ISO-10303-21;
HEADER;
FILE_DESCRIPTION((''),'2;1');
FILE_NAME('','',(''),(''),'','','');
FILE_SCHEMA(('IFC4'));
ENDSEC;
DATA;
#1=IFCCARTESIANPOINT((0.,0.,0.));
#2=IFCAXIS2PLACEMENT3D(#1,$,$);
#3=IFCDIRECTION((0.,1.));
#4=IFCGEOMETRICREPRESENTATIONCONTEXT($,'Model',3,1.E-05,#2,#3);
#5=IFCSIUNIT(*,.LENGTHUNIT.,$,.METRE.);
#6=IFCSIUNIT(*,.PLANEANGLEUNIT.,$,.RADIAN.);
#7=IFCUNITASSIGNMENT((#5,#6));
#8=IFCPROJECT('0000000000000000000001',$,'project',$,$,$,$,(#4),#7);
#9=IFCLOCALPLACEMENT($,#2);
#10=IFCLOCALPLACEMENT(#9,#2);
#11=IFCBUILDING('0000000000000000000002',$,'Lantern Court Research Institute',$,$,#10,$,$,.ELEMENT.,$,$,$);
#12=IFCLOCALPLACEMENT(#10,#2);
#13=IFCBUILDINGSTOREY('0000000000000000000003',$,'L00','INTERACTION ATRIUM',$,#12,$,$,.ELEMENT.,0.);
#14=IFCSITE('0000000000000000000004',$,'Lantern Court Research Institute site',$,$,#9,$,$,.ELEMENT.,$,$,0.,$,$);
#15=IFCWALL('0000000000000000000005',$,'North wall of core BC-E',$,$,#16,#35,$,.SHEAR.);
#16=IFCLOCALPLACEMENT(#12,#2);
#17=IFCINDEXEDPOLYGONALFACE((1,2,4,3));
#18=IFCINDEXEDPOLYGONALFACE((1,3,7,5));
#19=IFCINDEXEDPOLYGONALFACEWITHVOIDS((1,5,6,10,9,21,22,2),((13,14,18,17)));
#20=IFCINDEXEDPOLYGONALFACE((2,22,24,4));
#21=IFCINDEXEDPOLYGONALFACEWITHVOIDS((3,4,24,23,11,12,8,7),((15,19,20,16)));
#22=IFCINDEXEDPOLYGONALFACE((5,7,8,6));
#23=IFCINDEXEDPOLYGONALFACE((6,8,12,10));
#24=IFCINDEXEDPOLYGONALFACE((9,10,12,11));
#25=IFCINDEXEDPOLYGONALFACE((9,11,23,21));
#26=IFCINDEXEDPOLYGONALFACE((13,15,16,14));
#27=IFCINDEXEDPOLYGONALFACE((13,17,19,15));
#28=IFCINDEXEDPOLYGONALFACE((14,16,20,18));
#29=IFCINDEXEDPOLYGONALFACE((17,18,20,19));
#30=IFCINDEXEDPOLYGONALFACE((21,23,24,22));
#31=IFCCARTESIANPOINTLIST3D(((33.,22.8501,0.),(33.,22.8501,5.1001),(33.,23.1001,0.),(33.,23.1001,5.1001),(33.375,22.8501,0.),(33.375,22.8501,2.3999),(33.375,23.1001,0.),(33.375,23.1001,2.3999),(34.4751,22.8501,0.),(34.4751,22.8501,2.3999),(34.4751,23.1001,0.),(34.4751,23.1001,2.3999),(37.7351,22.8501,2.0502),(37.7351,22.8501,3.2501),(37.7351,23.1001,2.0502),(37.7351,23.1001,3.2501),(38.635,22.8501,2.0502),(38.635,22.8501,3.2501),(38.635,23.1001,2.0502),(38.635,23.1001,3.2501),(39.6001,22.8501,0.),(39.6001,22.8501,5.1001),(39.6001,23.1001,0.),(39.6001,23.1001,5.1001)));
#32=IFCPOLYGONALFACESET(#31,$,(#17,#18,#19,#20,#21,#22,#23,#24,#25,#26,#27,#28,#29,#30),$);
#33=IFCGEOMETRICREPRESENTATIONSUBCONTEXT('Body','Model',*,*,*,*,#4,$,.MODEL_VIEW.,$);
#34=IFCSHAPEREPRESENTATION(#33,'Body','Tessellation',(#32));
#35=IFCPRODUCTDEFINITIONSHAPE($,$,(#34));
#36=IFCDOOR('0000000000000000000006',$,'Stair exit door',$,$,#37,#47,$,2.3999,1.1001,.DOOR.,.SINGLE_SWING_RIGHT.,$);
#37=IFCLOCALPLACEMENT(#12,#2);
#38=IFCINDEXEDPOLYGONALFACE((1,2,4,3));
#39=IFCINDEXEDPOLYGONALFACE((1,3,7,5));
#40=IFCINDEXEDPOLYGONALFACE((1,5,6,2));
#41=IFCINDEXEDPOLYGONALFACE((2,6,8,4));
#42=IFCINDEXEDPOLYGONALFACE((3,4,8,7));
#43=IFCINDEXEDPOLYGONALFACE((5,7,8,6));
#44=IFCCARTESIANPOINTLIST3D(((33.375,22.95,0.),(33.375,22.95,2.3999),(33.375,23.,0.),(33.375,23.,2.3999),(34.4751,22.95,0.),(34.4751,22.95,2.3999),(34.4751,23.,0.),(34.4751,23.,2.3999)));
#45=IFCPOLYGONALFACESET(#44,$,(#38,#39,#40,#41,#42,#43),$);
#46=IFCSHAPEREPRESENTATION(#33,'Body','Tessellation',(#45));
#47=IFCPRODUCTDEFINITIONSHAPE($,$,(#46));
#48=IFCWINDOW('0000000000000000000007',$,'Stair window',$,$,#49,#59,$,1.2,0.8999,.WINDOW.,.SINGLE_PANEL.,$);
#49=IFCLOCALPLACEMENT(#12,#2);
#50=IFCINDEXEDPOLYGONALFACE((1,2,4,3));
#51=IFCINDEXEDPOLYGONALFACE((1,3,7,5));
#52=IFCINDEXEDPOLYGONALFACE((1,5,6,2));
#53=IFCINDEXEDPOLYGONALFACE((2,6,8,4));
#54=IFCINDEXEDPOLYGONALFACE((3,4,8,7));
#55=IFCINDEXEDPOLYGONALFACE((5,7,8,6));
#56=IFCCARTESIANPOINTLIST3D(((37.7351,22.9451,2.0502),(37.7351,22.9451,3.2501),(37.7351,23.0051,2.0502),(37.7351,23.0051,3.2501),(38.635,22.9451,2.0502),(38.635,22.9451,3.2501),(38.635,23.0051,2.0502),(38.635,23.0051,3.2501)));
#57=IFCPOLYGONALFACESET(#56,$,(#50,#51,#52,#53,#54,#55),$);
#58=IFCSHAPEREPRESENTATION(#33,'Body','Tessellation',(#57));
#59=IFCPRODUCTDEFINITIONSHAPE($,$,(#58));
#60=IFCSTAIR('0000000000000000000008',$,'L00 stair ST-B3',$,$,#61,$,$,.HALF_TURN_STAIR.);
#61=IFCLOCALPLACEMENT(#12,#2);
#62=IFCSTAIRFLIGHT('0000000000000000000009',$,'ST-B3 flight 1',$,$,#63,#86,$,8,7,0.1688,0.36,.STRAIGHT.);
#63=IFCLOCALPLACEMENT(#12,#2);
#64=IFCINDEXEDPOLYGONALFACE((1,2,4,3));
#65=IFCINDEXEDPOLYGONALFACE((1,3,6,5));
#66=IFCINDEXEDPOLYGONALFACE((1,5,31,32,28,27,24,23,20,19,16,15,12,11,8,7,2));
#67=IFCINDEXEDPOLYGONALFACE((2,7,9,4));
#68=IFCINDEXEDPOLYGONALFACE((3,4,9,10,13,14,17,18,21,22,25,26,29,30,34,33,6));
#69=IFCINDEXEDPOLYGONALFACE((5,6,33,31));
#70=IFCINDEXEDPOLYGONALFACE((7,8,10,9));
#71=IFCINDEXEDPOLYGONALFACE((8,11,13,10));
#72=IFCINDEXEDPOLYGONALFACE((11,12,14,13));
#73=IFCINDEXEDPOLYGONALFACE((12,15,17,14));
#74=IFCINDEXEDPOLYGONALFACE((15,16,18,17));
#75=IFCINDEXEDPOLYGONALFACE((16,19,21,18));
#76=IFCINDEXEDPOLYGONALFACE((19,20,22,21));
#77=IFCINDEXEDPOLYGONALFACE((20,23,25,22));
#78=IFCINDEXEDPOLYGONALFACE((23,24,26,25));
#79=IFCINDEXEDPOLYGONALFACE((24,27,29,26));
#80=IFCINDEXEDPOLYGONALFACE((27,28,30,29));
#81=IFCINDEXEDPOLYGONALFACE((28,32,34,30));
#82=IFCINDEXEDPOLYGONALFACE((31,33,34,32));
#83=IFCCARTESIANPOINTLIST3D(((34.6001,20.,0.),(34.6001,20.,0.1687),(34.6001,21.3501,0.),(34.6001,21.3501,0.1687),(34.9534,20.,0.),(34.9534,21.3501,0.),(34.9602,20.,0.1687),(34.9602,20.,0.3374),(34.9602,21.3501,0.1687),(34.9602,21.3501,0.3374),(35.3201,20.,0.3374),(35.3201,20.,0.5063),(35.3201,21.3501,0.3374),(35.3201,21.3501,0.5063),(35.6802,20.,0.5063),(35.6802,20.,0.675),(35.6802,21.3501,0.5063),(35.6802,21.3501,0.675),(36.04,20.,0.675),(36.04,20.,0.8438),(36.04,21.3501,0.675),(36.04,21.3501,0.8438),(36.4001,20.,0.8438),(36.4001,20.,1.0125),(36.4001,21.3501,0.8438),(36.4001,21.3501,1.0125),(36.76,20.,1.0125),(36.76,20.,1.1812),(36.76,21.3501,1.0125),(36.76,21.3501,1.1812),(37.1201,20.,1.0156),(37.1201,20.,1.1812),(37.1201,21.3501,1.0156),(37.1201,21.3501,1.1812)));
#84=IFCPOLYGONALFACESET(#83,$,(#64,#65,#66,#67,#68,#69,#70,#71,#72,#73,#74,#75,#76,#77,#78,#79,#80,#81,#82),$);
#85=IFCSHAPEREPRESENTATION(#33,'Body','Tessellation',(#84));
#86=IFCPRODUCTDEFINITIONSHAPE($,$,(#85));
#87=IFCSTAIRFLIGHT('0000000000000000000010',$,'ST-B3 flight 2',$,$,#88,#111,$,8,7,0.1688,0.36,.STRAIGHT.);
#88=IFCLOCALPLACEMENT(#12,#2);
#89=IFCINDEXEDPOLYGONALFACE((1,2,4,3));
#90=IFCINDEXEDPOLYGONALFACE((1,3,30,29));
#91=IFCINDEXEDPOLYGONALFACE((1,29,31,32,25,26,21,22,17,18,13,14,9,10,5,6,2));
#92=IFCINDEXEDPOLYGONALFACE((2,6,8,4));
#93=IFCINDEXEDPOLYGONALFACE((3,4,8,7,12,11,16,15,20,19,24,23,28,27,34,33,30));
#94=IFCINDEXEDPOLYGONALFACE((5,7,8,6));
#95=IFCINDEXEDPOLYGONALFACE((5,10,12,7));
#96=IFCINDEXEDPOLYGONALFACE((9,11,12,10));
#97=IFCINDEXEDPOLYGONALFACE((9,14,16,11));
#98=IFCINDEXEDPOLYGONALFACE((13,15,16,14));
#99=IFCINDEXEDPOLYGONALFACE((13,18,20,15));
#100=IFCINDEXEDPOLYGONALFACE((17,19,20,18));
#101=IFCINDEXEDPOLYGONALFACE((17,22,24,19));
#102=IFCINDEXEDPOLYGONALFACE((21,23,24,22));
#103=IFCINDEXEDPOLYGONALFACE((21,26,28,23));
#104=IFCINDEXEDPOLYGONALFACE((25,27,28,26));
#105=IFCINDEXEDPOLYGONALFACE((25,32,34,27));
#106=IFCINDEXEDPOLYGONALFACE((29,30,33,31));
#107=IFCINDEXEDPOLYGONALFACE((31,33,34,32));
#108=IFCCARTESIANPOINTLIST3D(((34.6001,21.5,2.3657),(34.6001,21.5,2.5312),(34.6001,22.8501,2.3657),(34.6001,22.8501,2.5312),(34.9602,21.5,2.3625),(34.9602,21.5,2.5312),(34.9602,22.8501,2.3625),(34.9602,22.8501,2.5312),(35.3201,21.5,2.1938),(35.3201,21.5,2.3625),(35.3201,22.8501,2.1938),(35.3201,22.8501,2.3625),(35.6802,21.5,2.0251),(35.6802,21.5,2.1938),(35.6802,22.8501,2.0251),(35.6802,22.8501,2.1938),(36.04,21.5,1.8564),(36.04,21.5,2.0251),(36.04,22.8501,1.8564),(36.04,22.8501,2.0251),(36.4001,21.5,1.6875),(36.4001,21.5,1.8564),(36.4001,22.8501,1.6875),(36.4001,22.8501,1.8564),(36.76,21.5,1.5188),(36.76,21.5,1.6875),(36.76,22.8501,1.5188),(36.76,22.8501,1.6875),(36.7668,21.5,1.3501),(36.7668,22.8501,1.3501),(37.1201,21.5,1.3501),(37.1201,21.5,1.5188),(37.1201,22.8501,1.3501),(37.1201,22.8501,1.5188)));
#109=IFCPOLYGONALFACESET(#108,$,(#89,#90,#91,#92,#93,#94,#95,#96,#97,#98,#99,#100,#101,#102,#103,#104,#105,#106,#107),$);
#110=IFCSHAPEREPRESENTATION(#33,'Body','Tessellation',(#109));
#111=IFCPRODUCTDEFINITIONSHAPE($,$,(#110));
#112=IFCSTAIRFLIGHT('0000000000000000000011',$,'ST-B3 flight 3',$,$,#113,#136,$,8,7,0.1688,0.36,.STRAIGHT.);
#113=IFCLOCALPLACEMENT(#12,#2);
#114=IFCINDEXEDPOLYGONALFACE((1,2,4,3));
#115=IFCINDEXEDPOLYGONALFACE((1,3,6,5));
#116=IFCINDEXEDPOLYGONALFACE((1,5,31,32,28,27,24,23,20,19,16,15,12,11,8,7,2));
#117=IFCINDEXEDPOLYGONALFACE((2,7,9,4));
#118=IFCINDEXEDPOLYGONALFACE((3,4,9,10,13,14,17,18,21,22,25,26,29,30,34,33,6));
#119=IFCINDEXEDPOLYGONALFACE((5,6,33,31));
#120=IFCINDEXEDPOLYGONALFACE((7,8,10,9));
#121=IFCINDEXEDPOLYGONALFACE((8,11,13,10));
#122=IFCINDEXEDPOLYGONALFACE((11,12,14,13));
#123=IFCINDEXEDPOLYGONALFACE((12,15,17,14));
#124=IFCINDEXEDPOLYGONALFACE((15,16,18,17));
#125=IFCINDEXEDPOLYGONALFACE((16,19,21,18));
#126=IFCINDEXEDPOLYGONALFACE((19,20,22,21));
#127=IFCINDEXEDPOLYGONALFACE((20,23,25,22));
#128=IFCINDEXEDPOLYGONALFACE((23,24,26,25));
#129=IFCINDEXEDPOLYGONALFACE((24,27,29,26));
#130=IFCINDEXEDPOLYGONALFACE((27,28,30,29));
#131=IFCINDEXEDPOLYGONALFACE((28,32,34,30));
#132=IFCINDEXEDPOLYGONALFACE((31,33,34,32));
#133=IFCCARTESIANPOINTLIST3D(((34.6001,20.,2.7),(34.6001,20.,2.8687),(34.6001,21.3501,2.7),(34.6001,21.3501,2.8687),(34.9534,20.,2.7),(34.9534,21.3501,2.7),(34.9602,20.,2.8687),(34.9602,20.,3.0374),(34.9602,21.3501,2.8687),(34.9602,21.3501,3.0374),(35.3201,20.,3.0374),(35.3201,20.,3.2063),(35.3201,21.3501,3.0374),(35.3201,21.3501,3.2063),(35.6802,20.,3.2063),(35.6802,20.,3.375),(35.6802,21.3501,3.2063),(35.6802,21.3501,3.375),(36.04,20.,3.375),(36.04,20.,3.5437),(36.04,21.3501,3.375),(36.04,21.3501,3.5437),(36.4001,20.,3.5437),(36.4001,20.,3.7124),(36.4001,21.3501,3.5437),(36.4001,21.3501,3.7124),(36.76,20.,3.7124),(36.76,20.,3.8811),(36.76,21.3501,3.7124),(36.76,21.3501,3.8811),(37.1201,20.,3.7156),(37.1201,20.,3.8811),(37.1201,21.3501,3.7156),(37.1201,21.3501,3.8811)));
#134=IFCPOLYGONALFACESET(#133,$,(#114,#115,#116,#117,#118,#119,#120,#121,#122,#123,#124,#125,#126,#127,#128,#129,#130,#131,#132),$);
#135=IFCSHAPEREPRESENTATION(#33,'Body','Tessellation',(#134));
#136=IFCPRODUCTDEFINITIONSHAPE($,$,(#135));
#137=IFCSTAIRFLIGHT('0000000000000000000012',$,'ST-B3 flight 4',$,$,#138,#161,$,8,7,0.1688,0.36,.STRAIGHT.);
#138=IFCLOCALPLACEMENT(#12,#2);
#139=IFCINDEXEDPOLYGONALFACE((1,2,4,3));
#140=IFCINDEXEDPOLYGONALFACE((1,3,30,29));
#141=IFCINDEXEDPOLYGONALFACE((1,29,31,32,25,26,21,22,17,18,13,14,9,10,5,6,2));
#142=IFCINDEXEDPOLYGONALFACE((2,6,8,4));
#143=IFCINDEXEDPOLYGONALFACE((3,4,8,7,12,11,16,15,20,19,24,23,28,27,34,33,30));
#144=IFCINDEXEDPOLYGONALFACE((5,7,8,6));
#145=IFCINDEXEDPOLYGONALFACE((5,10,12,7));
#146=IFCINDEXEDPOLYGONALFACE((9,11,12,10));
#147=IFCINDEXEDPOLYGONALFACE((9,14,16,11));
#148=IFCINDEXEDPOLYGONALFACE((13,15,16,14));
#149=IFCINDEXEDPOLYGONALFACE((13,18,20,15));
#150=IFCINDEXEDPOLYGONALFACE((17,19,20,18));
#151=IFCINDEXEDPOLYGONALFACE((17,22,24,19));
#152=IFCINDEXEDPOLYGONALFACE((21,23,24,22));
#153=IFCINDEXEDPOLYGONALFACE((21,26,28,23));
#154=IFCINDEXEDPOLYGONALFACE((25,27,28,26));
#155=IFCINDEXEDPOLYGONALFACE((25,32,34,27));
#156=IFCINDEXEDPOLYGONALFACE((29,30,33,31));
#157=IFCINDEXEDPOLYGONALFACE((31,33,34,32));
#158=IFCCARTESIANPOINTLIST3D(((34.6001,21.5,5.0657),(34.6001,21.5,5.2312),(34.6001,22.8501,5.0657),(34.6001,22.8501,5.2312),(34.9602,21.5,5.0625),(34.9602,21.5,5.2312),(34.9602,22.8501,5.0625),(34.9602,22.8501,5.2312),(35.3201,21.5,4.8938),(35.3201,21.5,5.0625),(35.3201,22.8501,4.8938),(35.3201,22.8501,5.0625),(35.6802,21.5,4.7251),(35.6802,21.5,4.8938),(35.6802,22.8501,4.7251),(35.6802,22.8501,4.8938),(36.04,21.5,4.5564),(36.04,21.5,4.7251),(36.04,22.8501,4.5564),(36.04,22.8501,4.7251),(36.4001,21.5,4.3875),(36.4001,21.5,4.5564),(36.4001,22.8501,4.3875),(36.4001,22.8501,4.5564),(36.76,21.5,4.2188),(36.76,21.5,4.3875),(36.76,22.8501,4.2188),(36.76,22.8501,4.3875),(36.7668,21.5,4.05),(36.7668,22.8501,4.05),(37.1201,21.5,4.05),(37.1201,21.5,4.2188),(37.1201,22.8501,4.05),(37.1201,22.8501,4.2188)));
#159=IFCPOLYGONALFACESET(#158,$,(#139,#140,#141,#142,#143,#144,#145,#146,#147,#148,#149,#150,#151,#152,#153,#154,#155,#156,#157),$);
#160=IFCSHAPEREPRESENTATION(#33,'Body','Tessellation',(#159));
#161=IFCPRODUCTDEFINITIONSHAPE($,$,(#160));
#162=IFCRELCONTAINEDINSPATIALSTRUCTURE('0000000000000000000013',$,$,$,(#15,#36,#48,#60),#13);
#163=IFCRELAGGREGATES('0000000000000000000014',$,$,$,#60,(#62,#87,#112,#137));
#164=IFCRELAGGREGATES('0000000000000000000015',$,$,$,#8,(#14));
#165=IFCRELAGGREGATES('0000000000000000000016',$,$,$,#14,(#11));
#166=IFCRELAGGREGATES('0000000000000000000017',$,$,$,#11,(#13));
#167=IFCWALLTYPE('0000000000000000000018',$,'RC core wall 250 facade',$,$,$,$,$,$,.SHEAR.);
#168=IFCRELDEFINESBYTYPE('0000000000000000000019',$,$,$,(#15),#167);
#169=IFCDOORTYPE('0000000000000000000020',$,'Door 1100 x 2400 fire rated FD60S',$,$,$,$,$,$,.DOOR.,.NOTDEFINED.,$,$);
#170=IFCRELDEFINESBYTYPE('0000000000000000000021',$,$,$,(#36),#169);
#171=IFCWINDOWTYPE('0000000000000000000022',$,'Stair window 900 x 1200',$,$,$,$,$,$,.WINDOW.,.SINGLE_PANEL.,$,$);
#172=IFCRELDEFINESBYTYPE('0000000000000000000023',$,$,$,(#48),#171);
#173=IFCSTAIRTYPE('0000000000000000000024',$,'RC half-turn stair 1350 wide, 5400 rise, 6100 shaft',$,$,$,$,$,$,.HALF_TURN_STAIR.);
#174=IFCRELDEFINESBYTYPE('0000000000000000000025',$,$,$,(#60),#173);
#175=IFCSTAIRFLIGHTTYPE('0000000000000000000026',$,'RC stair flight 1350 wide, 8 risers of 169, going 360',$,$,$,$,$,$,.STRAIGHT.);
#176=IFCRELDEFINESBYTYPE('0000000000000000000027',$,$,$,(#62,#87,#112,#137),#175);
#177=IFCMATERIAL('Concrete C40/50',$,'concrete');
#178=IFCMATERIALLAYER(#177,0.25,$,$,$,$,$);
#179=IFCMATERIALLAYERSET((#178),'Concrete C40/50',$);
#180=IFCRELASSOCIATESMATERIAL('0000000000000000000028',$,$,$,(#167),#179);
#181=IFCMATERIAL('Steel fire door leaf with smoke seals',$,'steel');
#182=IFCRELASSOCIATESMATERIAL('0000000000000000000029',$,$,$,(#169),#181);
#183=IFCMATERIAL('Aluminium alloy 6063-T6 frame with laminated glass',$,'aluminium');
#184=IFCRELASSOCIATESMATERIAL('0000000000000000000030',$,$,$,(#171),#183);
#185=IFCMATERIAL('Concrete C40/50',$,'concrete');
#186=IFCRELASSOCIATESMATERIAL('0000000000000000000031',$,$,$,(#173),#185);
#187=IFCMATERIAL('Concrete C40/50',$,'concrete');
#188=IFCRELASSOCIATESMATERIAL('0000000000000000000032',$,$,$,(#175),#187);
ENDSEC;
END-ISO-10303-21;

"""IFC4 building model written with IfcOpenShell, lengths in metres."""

from ifc_helpers import new_model, si_unit, direction, frame, frame_2d, origin, place, context, subcontext, project, spatial, polyline, rectangle, outline, extrude, material, layer, layer_set, type_object, element, fill, aggregate, save


model = new_model("IFC4")

# Units and contexts
model_context = context("Model", 3, precision=1e-05, world=origin(), true_north=direction((0.0, 1.0)))
body_context = subcontext(model_context, "Body", "Model", "MODEL_VIEW")
ifc_project = project(units=[si_unit("LENGTHUNIT", "METRE"), si_unit("PLANEANGLEUNIT", "RADIAN")], contexts=[model_context])

# Site, building, storey
site_placement = place(None, origin())
site = spatial("IfcSite", under=ifc_project, at=site_placement, Name="Lantern Court Research Institute site", CompositionType="ELEMENT", RefElevation=0.0)
building_placement = place(site_placement, origin())
building = spatial("IfcBuilding", under=site, at=building_placement, Name="Lantern Court Research Institute", CompositionType="ELEMENT")
storey_placement = place(building_placement, origin())
storey = spatial("IfcBuildingStorey", under=building, at=storey_placement, Name="L00", Description="INTERACTION ATRIUM", CompositionType="ELEMENT", Elevation=0.0)

# Wall, openings, door, window
ifc_material_1 = material(Name="Concrete C40/50", Category="concrete")
ifc_layer = layer(ifc_material_1, 0.25)
ifc_layer_set = layer_set([ifc_layer], Name="Concrete C40/50")
wall_type = type_object("IfcWallType", Name="RC core wall 250 facade", PredefinedType="SHEAR", material=ifc_layer_set)
wall_placement = place(storey_placement, frame((33.0, 22.9751, 0.0), z_axis=(0.0, 0.0, 1.0), x_axis=(1.0, 0.0, 0.0)))
wall = element("IfcWall", 1, at=wall_placement, inside=storey, type_object=wall_type, Name="North wall of core BC-E", PredefinedType="SHEAR", context=body_context, shape_type="SweptSolid", body=[
    extrude(rectangle(XDim=6.6001, YDim=0.25, at=frame_2d((3.3, 0.0))), origin(), (0.0, 0.0, 1.0), 5.1001),
])
opening_1_placement = place(wall_placement, frame((0.375, 0.0, 0.0)))
opening_1 = element("IfcOpeningElement", 2, at=opening_1_placement, cuts=wall, PredefinedType="OPENING", context=body_context, shape_type="SweptSolid", body=[
    extrude(rectangle(XDim=1.1001, YDim=2.3999, at=frame_2d((0.55, 1.2))), frame((0.0, 0.135, 0.0), z_axis=(0.0, -1.0, 0.0), x_axis=(1.0, 0.0, 0.0)), (0.0, 0.0, 1.0), 0.27),
])
opening_2_placement = place(wall_placement, frame((4.7351, 0.0, 2.05)))
opening_2 = element("IfcOpeningElement", 3, at=opening_2_placement, cuts=wall, PredefinedType="OPENING", context=body_context, shape_type="SweptSolid", body=[
    extrude(rectangle(XDim=0.8999, YDim=1.2, at=frame_2d((0.45, 0.6001))), frame((0.0, 0.135, 0.0), z_axis=(0.0, -1.0, 0.0), x_axis=(1.0, 0.0, 0.0)), (0.0, 0.0, 1.0), 0.27),
])
ifc_material_2 = material(Name="Steel fire door leaf with smoke seals", Category="steel")
door_type = type_object("IfcDoorType", Name="Door 1100 x 2400 fire rated FD60S", OperationType="NOTDEFINED", PredefinedType="DOOR", material=ifc_material_2)
door_placement = place(opening_1_placement, origin())
door = element("IfcDoor", 4, at=door_placement, inside=storey, type_object=door_type, Name="Stair exit door", OperationType="SINGLE_SWING_RIGHT", OverallHeight=2.3999, OverallWidth=1.1001, PredefinedType="DOOR", context=body_context, shape_type="SweptSolid", body=[
    extrude(rectangle(XDim=1.1001, YDim=2.3999, at=frame_2d((0.55, 1.2))), frame((0.0, 0.0249, 0.0), z_axis=(0.0, -1.0, 0.0), x_axis=(1.0, 0.0, 0.0)), (0.0, 0.0, 1.0), 0.05),
])
fill(opening_1, door)
ifc_material_3 = material(Name="Aluminium alloy 6063-T6 frame with laminated glass", Category="aluminium")
window_type = type_object("IfcWindowType", Name="Stair window 900 x 1200", PartitioningType="SINGLE_PANEL", PredefinedType="WINDOW", material=ifc_material_3)
window_placement = place(opening_2_placement, origin())
window = element("IfcWindow", 5, at=window_placement, inside=storey, type_object=window_type, Name="Stair window", OverallHeight=1.2, OverallWidth=0.8999, PartitioningType="SINGLE_PANEL", PredefinedType="WINDOW", context=body_context, shape_type="SweptSolid", body=[
    extrude(rectangle(XDim=0.8999, YDim=1.2, at=frame_2d((0.45, 0.6001))), frame((0.0, 0.03, 0.0), z_axis=(0.0, -1.0, 0.0), x_axis=(1.0, 0.0, 0.0)), (0.0, 0.0, 1.0), 0.0601),
])
fill(opening_2, window)

# Stair, stair flights
ifc_material_4 = material(Name="Concrete C40/50", Category="concrete")
stair_type = type_object("IfcStairType", Name="RC half-turn stair 1350 wide, 5400 rise, 6100 shaft", PredefinedType="HALF_TURN_STAIR", material=ifc_material_4)
stair_placement = place(storey_placement, origin())
stair = element("IfcStair", 6, at=stair_placement, inside=storey, type_object=stair_type, Name="L00 stair ST-B3", PredefinedType="HALF_TURN_STAIR")
ifc_material_5 = material(Name="Concrete C40/50", Category="concrete")
stair_flight_type = type_object("IfcStairFlightType", Name="RC stair flight 1350 wide, 8 risers of 169, going 360", PredefinedType="STRAIGHT", material=ifc_material_5)
stair_flight_1_placement = place(storey_placement, frame((34.6001, 20.675, 0.0), z_axis=(0.0, 0.0, 1.0), x_axis=(1.0, 0.0, 0.0)))
stair_flight_1 = element("IfcStairFlight", 7, at=stair_flight_1_placement, type_object=stair_flight_type, Name="ST-B3 flight 1", NumberOfRisers=8, NumberOfTreads=7, PredefinedType="STRAIGHT", RiserHeight=0.1688, TreadLength=0.36, context=body_context, shape_type="SweptSolid", body=[
    extrude(outline(polyline([(0.0, 0.0), (0.0, 0.1687), (0.3601, 0.1687), (0.3601, 0.3374), (0.72, 0.3374), (0.72, 0.5063), (1.0801, 0.5063), (1.0801, 0.675), (1.4399, 0.675), (1.4399, 0.8438), (1.8, 0.8438), (1.8, 1.0125), (2.1599, 1.0125), (2.1599, 1.1812), (2.52, 1.1812), (2.52, 1.3501), (2.52, 1.0156), (0.3533, 0.0), (0.0, 0.0)])), frame((0.0, 0.675, 0.0), z_axis=(0.0, -1.0, 0.0), x_axis=(1.0, 0.0, 0.0)), (0.0, 0.0, 1.0), 1.3501),
])
stair_flight_2_placement = place(storey_placement, frame((37.1201, 22.175, 1.3501), z_axis=(0.0, 0.0, 1.0), x_axis=(-1.0, 0.0, 0.0)))
stair_flight_2 = element("IfcStairFlight", 8, at=stair_flight_2_placement, type_object=stair_flight_type, Name="ST-B3 flight 2", NumberOfRisers=8, NumberOfTreads=7, PredefinedType="STRAIGHT", RiserHeight=0.1688, TreadLength=0.36, context=body_context, shape_type="SweptSolid", body=[
    extrude(outline(polyline([(0.0, 0.0), (0.0, 0.1687), (0.3601, 0.1687), (0.3601, 0.3374), (0.72, 0.3374), (0.72, 0.5063), (1.0801, 0.5063), (1.0801, 0.675), (1.4399, 0.675), (1.4399, 0.8438), (1.8, 0.8438), (1.8, 1.0125), (2.1599, 1.0125), (2.1599, 1.1812), (2.52, 1.1812), (2.52, 1.3501), (2.52, 1.0156), (0.3533, 0.0), (0.0, 0.0)])), frame((0.0, 0.675, 0.0), z_axis=(0.0, -1.0, 0.0), x_axis=(1.0, 0.0, 0.0)), (0.0, 0.0, 1.0), 1.3501),
])
stair_flight_3_placement = place(storey_placement, frame((34.6001, 20.675, 2.7), z_axis=(0.0, 0.0, 1.0), x_axis=(1.0, 0.0, 0.0)))
stair_flight_3 = element("IfcStairFlight", 9, at=stair_flight_3_placement, type_object=stair_flight_type, Name="ST-B3 flight 3", NumberOfRisers=8, NumberOfTreads=7, PredefinedType="STRAIGHT", RiserHeight=0.1688, TreadLength=0.36, context=body_context, shape_type="SweptSolid", body=[
    extrude(outline(polyline([(0.0, 0.0), (0.0, 0.1687), (0.3601, 0.1687), (0.3601, 0.3374), (0.72, 0.3374), (0.72, 0.5063), (1.0801, 0.5063), (1.0801, 0.675), (1.4399, 0.675), (1.4399, 0.8438), (1.8, 0.8438), (1.8, 1.0125), (2.1599, 1.0125), (2.1599, 1.1812), (2.52, 1.1812), (2.52, 1.3501), (2.52, 1.0156), (0.3533, 0.0), (0.0, 0.0)])), frame((0.0, 0.675, 0.0), z_axis=(0.0, -1.0, 0.0), x_axis=(1.0, 0.0, 0.0)), (0.0, 0.0, 1.0), 1.3501),
])
stair_flight_4_placement = place(storey_placement, frame((37.1201, 22.175, 4.05), z_axis=(0.0, 0.0, 1.0), x_axis=(-1.0, 0.0, 0.0)))
stair_flight_4 = element("IfcStairFlight", 10, at=stair_flight_4_placement, type_object=stair_flight_type, Name="ST-B3 flight 4", NumberOfRisers=8, NumberOfTreads=7, PredefinedType="STRAIGHT", RiserHeight=0.1688, TreadLength=0.36, context=body_context, shape_type="SweptSolid", body=[
    extrude(outline(polyline([(0.0, 0.0), (0.0, 0.1687), (0.3601, 0.1687), (0.3601, 0.3374), (0.72, 0.3374), (0.72, 0.5063), (1.0801, 0.5063), (1.0801, 0.675), (1.4399, 0.675), (1.4399, 0.8438), (1.8, 0.8438), (1.8, 1.0125), (2.1599, 1.0125), (2.1599, 1.1812), (2.52, 1.1812), (2.52, 1.3501), (2.52, 1.0156), (0.3533, 0.0), (0.0, 0.0)])), frame((0.0, 0.675, 0.0), z_axis=(0.0, -1.0, 0.0), x_axis=(1.0, 0.0, 0.0)), (0.0, 0.0, 1.0), 1.3501),
])
aggregate(stair, [stair_flight_1, stair_flight_2, stair_flight_3, stair_flight_4])

save(model, "model.ifc")
